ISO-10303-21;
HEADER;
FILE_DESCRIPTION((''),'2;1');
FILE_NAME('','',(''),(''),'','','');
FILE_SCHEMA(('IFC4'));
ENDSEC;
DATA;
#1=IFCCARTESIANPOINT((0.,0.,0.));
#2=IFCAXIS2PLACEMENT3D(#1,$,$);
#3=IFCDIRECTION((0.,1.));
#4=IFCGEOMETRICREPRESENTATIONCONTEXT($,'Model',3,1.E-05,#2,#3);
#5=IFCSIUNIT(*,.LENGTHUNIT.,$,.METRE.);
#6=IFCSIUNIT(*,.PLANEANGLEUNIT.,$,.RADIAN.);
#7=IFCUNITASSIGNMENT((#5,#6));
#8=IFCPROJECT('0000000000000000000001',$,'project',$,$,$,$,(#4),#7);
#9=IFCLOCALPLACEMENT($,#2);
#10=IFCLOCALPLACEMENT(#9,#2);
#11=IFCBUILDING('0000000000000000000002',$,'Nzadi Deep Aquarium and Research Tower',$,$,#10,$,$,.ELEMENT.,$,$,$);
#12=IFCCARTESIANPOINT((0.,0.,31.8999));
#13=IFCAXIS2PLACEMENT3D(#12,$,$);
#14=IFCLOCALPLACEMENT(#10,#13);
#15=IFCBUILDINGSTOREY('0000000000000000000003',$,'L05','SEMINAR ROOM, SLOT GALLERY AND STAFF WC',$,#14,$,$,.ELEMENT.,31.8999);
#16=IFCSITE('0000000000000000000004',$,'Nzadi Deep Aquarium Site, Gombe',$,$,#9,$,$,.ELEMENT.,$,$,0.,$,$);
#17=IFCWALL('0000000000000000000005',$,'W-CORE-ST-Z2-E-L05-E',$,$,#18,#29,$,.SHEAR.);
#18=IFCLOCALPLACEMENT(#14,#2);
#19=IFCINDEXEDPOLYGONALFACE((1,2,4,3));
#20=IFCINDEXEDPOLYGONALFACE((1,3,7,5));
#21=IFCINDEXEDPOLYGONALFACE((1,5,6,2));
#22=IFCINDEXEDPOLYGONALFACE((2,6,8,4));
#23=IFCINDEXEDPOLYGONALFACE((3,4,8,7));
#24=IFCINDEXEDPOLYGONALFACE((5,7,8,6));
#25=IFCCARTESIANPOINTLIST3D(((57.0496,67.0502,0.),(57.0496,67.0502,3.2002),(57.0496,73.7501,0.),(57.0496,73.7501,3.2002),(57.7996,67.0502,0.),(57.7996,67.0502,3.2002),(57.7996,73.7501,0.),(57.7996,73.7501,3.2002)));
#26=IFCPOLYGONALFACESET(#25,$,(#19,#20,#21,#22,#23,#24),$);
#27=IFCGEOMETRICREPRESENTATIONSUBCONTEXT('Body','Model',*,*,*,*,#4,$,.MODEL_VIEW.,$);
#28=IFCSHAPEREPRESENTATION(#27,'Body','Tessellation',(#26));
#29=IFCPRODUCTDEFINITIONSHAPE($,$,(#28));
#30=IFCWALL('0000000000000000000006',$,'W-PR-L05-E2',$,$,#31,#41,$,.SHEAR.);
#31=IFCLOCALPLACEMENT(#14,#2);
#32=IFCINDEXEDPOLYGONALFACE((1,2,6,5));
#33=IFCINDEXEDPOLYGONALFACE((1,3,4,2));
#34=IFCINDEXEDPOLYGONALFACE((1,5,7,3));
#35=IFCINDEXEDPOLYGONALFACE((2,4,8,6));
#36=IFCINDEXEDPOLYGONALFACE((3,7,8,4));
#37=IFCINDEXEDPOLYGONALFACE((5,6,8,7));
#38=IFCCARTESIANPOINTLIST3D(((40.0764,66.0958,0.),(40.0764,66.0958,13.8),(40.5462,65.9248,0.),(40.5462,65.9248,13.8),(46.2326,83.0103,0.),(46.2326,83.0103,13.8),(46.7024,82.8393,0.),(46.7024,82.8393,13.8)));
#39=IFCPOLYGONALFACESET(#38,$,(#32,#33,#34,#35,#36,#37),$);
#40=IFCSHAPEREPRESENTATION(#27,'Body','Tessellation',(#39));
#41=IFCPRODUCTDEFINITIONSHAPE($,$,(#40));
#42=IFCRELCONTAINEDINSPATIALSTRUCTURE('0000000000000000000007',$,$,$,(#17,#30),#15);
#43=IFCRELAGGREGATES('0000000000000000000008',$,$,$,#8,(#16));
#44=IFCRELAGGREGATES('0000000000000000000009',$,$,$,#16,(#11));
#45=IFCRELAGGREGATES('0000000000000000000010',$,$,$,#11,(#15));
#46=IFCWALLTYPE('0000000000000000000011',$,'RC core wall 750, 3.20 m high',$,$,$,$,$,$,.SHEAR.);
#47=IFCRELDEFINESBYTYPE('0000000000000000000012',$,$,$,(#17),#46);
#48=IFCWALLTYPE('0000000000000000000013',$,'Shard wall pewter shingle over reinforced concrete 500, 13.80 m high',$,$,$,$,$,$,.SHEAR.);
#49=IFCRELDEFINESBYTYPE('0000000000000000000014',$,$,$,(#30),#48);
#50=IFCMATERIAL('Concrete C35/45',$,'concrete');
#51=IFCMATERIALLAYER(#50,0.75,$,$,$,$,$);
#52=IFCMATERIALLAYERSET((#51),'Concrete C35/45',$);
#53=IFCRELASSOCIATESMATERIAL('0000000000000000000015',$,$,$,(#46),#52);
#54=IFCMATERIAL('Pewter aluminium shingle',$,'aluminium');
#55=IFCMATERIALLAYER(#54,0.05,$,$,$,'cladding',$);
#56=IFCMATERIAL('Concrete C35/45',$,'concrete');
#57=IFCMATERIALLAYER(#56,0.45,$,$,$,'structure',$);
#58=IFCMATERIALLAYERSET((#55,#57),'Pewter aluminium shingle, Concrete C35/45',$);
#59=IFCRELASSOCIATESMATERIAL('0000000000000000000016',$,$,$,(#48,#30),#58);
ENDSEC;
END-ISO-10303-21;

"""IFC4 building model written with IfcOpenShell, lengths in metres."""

from ifc_helpers import new_model, si_unit, direction, frame, frame_2d, origin, place, context, subcontext, project, spatial, rectangle, extrude, material, layer, layer_set, layer_usage, type_object, element, save


model = new_model("IFC4")

# Units and contexts
model_context = context("Model", 3, precision=1e-05, world=origin(), true_north=direction((0.0, 1.0)))
body_context = subcontext(model_context, "Body", "Model", "MODEL_VIEW")
ifc_project = project(units=[si_unit("LENGTHUNIT", "METRE"), si_unit("PLANEANGLEUNIT", "RADIAN")], contexts=[model_context])

# Site, building, storey
site_placement = place(None, origin())
site = spatial("IfcSite", under=ifc_project, at=site_placement, Name="Nzadi Deep Aquarium Site, Gombe", CompositionType="ELEMENT", RefElevation=0.0)
building_placement = place(site_placement, origin())
building = spatial("IfcBuilding", under=site, at=building_placement, Name="Nzadi Deep Aquarium and Research Tower", CompositionType="ELEMENT")
storey_placement = place(building_placement, frame((0.0, 0.0, 31.8999)))
storey = spatial("IfcBuildingStorey", under=building, at=storey_placement, Name="L05", Description="SEMINAR ROOM, SLOT GALLERY AND STAFF WC", CompositionType="ELEMENT", Elevation=31.8999)

# Shared definitions
ifc_material_1 = material(Name="Concrete C35/45", Category="concrete")

# Walls
ifc_material_2 = material(Name="Concrete C35/45", Category="concrete")
ifc_layer_1 = layer(ifc_material_2, 0.75)
ifc_layer_set_1 = layer_set([ifc_layer_1], Name="Concrete C35/45")
wall_type_1 = type_object("IfcWallType", Name="RC core wall 750, 3.20 m high", PredefinedType="SHEAR", material=ifc_layer_set_1)
wall_1_placement = place(storey_placement, frame((57.4246, 67.05, 0.0), z_axis=(0.0, 0.0, 1.0), x_axis=(0.0, 1.0, 0.0)))
element("IfcWall", 1, at=wall_1_placement, inside=storey, type_object=wall_type_1, Name="W-CORE-ST-Z2-E-L05-E", PredefinedType="SHEAR", context=body_context, shape_type="SweptSolid", body=[
    extrude(rectangle(XDim=6.7, YDim=0.75, at=frame_2d((3.3501, 0.0))), origin(), (0.0, 0.0, 1.0), 3.2002),
])
ifc_material_3 = material(Name="Pewter aluminium shingle", Category="aluminium")
ifc_layer_2 = layer(ifc_material_3, 0.05, Category="cladding")
ifc_layer_3 = layer(ifc_material_1, 0.45, Category="structure")
ifc_layer_set_2 = layer_set([ifc_layer_2, ifc_layer_3], Name="Pewter aluminium shingle, Concrete C35/45")
ifc_layer_usage_1 = layer_usage(ifc_layer_set_2, "AXIS2", "POSITIVE", -0.25)
wall_type_2 = type_object("IfcWallType", Name="Shard wall pewter shingle over reinforced concrete 500, 13.80 m high", PredefinedType="SHEAR", material=ifc_layer_set_2)
wall_2_placement = place(storey_placement, frame((40.3113, 66.0103, 0.0), z_axis=(0.0, 0.0, 1.0), x_axis=(0.342013, 0.939695, 0.0)))
element("IfcWall", 2, at=wall_2_placement, inside=storey, type_object=wall_type_2, material=ifc_layer_usage_1, Name="W-PR-L05-E2", PredefinedType="SHEAR", context=body_context, shape_type="SweptSolid", body=[
    extrude(rectangle(XDim=18.0, YDim=0.5, at=frame_2d((9.0, 0.0))), origin(), (0.0, 0.0, 1.0), 13.8),
])

save(model, "model.ifc")
